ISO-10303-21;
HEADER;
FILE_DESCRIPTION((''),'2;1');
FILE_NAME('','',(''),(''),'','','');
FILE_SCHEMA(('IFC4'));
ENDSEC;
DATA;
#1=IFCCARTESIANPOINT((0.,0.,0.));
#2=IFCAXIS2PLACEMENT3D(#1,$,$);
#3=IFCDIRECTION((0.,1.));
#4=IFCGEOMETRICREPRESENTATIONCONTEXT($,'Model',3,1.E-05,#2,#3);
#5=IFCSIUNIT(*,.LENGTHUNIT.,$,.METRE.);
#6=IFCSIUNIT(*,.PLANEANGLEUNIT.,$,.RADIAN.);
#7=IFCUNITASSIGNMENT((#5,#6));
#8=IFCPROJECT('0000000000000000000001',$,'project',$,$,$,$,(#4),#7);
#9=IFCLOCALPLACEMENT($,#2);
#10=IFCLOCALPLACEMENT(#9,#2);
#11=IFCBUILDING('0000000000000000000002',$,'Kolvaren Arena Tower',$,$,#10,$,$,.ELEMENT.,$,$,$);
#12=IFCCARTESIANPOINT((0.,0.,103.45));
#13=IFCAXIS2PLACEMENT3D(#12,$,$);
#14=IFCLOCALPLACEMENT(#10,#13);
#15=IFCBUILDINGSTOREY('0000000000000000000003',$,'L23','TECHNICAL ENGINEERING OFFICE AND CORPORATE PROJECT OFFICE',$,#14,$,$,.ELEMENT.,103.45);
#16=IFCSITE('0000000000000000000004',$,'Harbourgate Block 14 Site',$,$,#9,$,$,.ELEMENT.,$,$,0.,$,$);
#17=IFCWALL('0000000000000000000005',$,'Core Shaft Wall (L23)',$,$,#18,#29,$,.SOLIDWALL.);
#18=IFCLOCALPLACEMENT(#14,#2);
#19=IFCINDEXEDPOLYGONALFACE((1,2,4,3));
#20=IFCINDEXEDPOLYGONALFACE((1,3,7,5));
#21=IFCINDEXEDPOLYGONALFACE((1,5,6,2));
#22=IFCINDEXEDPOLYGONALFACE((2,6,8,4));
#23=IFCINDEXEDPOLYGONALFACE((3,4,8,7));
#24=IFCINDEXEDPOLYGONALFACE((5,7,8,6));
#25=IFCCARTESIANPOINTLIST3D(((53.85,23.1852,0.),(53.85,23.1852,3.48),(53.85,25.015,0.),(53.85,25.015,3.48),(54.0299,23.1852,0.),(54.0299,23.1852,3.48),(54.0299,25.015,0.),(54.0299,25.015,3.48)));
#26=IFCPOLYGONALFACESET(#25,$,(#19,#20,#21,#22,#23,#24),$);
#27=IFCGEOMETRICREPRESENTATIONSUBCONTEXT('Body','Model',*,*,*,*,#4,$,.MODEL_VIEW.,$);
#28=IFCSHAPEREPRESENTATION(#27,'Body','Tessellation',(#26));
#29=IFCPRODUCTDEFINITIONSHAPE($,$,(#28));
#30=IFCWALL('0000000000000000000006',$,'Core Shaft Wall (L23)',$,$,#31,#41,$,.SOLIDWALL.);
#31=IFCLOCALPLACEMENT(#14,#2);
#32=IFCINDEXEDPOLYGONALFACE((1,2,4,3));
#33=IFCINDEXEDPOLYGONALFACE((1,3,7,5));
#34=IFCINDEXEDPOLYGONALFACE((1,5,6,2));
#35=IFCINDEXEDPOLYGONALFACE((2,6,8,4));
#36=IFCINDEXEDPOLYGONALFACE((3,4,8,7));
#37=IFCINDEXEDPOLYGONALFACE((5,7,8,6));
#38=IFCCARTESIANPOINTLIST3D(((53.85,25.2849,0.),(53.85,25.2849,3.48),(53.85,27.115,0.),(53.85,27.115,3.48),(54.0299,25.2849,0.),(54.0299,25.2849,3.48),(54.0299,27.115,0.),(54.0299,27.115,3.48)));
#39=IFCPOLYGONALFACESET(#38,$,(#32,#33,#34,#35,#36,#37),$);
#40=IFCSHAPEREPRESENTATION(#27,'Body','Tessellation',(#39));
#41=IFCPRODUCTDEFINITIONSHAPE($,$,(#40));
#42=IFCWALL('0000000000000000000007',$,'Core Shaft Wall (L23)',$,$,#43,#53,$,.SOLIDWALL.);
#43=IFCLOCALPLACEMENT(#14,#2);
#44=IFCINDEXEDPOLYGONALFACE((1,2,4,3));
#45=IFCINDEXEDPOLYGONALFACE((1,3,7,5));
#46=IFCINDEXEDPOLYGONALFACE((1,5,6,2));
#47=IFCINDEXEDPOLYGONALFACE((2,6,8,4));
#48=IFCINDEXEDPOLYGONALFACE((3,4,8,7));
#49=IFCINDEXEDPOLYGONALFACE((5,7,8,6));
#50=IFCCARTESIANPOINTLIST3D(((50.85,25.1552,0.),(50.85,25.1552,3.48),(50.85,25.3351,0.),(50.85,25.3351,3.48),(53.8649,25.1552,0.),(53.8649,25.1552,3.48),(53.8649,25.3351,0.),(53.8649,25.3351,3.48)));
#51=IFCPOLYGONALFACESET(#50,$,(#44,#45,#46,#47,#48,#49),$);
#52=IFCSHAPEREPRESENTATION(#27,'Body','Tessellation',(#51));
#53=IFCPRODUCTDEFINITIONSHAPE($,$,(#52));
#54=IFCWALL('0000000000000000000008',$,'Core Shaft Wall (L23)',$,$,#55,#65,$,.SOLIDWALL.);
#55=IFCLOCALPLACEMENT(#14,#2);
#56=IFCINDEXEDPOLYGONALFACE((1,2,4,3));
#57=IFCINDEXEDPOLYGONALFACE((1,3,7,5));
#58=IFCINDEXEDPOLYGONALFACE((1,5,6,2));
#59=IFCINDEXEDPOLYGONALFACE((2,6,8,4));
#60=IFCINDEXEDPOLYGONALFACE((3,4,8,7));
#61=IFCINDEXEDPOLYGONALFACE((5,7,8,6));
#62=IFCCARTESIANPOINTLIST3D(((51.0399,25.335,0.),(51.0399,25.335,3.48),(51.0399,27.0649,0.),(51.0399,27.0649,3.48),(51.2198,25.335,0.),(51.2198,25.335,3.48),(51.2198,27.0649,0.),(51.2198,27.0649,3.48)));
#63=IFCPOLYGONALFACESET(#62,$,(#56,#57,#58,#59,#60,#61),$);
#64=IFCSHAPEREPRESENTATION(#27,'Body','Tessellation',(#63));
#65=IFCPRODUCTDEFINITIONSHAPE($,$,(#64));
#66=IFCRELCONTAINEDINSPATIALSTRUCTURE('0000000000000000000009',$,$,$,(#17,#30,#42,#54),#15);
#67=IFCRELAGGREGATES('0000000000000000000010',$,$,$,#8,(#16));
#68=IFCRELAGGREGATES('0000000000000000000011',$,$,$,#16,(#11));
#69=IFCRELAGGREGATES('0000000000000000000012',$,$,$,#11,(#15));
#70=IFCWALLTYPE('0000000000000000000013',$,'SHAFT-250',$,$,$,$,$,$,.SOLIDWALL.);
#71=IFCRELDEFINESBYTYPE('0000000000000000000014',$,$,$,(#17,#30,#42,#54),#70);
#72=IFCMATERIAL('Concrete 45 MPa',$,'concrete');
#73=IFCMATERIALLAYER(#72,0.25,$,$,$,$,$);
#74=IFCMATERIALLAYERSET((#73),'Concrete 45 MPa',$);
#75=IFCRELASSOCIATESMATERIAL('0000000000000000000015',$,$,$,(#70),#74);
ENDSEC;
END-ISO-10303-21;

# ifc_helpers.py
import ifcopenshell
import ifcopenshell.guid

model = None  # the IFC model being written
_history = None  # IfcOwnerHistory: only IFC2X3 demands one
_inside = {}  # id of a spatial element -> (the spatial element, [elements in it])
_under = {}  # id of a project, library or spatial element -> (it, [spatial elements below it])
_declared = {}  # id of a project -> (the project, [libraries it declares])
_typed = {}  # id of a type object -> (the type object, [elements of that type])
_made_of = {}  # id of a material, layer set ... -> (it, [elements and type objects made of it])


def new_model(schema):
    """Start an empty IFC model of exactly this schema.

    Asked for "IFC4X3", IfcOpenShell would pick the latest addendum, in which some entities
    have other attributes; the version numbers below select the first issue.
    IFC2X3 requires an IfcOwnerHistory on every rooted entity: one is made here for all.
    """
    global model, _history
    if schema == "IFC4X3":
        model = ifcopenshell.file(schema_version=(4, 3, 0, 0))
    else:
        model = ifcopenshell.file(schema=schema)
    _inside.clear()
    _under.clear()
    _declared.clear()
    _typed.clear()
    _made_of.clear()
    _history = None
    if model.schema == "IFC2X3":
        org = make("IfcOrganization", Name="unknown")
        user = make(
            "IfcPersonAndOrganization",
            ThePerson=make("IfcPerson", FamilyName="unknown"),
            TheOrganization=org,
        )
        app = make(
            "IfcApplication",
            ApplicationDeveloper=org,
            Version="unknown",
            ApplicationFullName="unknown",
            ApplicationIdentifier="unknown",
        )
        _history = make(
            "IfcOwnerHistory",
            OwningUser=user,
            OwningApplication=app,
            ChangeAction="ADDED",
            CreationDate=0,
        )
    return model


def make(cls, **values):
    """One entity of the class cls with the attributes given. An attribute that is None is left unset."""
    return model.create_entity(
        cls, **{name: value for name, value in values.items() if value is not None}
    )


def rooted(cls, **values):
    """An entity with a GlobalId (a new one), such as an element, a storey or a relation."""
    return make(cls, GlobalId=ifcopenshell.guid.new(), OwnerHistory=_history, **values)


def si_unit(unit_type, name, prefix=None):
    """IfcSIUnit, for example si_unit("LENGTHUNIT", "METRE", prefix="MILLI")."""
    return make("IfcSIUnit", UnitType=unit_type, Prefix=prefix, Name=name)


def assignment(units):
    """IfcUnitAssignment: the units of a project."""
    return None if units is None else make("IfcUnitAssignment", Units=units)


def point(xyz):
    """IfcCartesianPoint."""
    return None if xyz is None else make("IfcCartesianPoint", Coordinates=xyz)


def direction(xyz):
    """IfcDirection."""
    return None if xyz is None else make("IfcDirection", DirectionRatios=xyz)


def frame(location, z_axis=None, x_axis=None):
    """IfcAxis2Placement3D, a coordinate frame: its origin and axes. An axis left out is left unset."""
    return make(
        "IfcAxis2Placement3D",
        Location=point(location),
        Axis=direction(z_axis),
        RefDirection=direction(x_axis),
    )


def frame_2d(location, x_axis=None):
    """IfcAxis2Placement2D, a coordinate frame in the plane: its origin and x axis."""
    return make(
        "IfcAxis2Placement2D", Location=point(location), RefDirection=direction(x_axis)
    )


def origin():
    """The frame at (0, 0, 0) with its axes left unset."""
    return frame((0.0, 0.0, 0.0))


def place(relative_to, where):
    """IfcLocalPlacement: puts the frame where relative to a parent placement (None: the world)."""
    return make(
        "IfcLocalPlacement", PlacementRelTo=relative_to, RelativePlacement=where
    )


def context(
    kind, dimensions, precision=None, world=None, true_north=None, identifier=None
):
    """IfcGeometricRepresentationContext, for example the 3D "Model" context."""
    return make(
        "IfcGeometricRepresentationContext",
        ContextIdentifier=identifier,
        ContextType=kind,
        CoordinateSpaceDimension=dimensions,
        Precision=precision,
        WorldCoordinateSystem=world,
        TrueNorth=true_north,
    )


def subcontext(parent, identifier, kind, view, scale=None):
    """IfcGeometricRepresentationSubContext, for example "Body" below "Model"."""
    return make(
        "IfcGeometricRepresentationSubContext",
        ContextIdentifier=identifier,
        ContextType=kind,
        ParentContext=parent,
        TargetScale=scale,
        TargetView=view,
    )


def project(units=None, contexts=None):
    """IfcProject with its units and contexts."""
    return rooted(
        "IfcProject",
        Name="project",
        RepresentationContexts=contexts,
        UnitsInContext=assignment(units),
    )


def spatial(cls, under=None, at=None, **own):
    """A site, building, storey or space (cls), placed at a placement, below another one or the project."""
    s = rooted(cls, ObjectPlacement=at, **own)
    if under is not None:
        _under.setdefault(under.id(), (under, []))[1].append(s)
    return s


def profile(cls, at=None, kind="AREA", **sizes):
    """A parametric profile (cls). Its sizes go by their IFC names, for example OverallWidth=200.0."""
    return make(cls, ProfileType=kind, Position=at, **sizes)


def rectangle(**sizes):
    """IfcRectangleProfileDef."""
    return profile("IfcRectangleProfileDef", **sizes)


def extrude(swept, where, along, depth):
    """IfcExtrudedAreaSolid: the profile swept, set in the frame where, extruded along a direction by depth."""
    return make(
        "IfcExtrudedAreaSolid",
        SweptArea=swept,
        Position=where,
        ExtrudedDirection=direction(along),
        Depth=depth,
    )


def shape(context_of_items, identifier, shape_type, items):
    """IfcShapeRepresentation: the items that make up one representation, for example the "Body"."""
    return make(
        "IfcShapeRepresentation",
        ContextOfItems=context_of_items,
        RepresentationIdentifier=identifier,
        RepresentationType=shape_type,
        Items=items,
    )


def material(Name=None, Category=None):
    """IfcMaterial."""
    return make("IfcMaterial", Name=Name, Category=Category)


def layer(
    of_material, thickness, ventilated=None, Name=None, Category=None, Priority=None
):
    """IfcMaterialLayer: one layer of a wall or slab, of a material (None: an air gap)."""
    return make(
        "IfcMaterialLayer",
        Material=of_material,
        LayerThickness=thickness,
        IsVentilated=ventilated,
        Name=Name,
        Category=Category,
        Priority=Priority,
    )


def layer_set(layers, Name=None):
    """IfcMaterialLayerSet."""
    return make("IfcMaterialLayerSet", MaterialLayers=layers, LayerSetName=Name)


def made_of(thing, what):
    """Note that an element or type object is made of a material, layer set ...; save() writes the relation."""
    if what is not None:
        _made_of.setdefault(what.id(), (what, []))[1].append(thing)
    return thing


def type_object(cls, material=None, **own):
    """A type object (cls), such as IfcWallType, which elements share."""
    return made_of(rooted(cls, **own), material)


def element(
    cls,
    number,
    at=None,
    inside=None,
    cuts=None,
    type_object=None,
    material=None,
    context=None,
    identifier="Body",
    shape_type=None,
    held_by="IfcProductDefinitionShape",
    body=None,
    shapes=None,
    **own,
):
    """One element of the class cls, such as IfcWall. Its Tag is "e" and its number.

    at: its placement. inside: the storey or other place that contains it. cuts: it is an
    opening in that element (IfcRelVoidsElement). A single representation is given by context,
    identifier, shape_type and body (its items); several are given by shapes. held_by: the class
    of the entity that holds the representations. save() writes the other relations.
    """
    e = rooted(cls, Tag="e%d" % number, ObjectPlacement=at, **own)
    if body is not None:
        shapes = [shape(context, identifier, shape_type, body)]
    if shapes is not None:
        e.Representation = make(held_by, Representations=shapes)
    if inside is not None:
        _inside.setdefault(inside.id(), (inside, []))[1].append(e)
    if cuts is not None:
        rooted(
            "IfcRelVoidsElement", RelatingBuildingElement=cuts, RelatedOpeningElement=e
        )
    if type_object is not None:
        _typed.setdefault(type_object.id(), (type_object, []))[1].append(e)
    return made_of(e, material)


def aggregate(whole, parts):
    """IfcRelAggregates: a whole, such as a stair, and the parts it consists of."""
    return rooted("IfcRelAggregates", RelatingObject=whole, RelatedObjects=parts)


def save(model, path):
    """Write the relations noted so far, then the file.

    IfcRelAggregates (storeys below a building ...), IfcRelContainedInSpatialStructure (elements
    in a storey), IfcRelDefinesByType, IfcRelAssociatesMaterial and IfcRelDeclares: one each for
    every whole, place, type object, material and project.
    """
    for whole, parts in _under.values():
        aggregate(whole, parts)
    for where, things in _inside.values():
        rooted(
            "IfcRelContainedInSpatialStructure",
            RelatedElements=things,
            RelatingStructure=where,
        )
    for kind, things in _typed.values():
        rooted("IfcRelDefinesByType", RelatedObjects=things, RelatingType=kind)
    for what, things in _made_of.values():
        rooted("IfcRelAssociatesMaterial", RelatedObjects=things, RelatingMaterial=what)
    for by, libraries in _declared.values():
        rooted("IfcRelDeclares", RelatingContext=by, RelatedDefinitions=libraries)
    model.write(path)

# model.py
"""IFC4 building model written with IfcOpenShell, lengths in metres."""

from ifc_helpers import new_model, si_unit, direction, frame, frame_2d, origin, place, context, subcontext, project, spatial, rectangle, extrude, material, layer, layer_set, type_object, element, save


model = new_model("IFC4")

# Units and contexts
model_context = context("Model", 3, precision=1e-05, world=origin(), true_north=direction((0.0, 1.0)))
body_context = subcontext(model_context, "Body", "Model", "MODEL_VIEW")
ifc_project = project(units=[si_unit("LENGTHUNIT", "METRE"), si_unit("PLANEANGLEUNIT", "RADIAN")], contexts=[model_context])

# Site, building, storey
site_placement = place(None, origin())
site = spatial("IfcSite", under=ifc_project, at=site_placement, Name="Harbourgate Block 14 Site", CompositionType="ELEMENT", RefElevation=0.0)
building_placement = place(site_placement, origin())
building = spatial("IfcBuilding", under=site, at=building_placement, Name="Kolvaren Arena Tower", CompositionType="ELEMENT")
storey_placement = place(building_placement, frame((0.0, 0.0, 103.45)))
storey = spatial("IfcBuildingStorey", under=building, at=storey_placement, Name="L23", Description="TECHNICAL ENGINEERING OFFICE AND CORPORATE PROJECT OFFICE", CompositionType="ELEMENT", Elevation=103.45)

# Shared definitions
ifc_material_1 = material(Name="Concrete 45 MPa", Category="concrete")
ifc_layer_1 = layer(ifc_material_1, 0.25)
ifc_layer_set_1 = layer_set([ifc_layer_1], Name="Concrete 45 MPa")
wall_type_1 = type_object("IfcWallType", Name="SHAFT-250", PredefinedType="SOLIDWALL", material=ifc_layer_set_1)

# Walls
wall_1_placement = place(storey_placement, frame((53.9399, 23.1851, 0.0), z_axis=(0.0, 0.0, 1.0), x_axis=(0.0, 1.0, 0.0)))
element("IfcWall", 1, at=wall_1_placement, inside=storey, type_object=wall_type_1, Name="Core Shaft Wall (L23)", PredefinedType="SOLIDWALL", context=body_context, shape_type="SweptSolid", body=[
    extrude(rectangle(XDim=1.8298, YDim=0.1799, at=frame_2d((0.915, 0.0))), origin(), (0.0, 0.0, 1.0), 3.48),
])
wall_2_placement = place(storey_placement, frame((53.9399, 25.2849, 0.0), z_axis=(0.0, 0.0, 1.0), x_axis=(0.0, 1.0, 0.0)))
element("IfcWall", 2, at=wall_2_placement, inside=storey, type_object=wall_type_1, Name="Core Shaft Wall (L23)", PredefinedType="SOLIDWALL", context=body_context, shape_type="SweptSolid", body=[
    extrude(rectangle(XDim=1.8301, YDim=0.1799, at=frame_2d((0.915, 0.0))), origin(), (0.0, 0.0, 1.0), 3.48),
])
wall_3_placement = place(storey_placement, frame((50.8501, 25.2451, 0.0), z_axis=(0.0, 0.0, 1.0), x_axis=(1.0, 0.0, 0.0)))
element("IfcWall", 3, at=wall_3_placement, inside=storey, type_object=wall_type_1, Name="Core Shaft Wall (L23)", PredefinedType="SOLIDWALL", context=body_context, shape_type="SweptSolid", body=[
    extrude(rectangle(XDim=3.0149, YDim=0.1799, at=frame_2d((1.5073, 0.0))), origin(), (0.0, 0.0, 1.0), 3.48),
])
wall_4_placement = place(storey_placement, frame((51.1299, 25.335, 0.0), z_axis=(0.0, 0.0, 1.0), x_axis=(0.0, 1.0, 0.0)))
element("IfcWall", 4, at=wall_4_placement, inside=storey, type_object=wall_type_1, Name="Core Shaft Wall (L23)", PredefinedType="SOLIDWALL", context=body_context, shape_type="SweptSolid", body=[
    extrude(rectangle(XDim=1.73, YDim=0.1799, at=frame_2d((0.865, 0.0))), origin(), (0.0, 0.0, 1.0), 3.48),
])

save(model, "model.ifc")
